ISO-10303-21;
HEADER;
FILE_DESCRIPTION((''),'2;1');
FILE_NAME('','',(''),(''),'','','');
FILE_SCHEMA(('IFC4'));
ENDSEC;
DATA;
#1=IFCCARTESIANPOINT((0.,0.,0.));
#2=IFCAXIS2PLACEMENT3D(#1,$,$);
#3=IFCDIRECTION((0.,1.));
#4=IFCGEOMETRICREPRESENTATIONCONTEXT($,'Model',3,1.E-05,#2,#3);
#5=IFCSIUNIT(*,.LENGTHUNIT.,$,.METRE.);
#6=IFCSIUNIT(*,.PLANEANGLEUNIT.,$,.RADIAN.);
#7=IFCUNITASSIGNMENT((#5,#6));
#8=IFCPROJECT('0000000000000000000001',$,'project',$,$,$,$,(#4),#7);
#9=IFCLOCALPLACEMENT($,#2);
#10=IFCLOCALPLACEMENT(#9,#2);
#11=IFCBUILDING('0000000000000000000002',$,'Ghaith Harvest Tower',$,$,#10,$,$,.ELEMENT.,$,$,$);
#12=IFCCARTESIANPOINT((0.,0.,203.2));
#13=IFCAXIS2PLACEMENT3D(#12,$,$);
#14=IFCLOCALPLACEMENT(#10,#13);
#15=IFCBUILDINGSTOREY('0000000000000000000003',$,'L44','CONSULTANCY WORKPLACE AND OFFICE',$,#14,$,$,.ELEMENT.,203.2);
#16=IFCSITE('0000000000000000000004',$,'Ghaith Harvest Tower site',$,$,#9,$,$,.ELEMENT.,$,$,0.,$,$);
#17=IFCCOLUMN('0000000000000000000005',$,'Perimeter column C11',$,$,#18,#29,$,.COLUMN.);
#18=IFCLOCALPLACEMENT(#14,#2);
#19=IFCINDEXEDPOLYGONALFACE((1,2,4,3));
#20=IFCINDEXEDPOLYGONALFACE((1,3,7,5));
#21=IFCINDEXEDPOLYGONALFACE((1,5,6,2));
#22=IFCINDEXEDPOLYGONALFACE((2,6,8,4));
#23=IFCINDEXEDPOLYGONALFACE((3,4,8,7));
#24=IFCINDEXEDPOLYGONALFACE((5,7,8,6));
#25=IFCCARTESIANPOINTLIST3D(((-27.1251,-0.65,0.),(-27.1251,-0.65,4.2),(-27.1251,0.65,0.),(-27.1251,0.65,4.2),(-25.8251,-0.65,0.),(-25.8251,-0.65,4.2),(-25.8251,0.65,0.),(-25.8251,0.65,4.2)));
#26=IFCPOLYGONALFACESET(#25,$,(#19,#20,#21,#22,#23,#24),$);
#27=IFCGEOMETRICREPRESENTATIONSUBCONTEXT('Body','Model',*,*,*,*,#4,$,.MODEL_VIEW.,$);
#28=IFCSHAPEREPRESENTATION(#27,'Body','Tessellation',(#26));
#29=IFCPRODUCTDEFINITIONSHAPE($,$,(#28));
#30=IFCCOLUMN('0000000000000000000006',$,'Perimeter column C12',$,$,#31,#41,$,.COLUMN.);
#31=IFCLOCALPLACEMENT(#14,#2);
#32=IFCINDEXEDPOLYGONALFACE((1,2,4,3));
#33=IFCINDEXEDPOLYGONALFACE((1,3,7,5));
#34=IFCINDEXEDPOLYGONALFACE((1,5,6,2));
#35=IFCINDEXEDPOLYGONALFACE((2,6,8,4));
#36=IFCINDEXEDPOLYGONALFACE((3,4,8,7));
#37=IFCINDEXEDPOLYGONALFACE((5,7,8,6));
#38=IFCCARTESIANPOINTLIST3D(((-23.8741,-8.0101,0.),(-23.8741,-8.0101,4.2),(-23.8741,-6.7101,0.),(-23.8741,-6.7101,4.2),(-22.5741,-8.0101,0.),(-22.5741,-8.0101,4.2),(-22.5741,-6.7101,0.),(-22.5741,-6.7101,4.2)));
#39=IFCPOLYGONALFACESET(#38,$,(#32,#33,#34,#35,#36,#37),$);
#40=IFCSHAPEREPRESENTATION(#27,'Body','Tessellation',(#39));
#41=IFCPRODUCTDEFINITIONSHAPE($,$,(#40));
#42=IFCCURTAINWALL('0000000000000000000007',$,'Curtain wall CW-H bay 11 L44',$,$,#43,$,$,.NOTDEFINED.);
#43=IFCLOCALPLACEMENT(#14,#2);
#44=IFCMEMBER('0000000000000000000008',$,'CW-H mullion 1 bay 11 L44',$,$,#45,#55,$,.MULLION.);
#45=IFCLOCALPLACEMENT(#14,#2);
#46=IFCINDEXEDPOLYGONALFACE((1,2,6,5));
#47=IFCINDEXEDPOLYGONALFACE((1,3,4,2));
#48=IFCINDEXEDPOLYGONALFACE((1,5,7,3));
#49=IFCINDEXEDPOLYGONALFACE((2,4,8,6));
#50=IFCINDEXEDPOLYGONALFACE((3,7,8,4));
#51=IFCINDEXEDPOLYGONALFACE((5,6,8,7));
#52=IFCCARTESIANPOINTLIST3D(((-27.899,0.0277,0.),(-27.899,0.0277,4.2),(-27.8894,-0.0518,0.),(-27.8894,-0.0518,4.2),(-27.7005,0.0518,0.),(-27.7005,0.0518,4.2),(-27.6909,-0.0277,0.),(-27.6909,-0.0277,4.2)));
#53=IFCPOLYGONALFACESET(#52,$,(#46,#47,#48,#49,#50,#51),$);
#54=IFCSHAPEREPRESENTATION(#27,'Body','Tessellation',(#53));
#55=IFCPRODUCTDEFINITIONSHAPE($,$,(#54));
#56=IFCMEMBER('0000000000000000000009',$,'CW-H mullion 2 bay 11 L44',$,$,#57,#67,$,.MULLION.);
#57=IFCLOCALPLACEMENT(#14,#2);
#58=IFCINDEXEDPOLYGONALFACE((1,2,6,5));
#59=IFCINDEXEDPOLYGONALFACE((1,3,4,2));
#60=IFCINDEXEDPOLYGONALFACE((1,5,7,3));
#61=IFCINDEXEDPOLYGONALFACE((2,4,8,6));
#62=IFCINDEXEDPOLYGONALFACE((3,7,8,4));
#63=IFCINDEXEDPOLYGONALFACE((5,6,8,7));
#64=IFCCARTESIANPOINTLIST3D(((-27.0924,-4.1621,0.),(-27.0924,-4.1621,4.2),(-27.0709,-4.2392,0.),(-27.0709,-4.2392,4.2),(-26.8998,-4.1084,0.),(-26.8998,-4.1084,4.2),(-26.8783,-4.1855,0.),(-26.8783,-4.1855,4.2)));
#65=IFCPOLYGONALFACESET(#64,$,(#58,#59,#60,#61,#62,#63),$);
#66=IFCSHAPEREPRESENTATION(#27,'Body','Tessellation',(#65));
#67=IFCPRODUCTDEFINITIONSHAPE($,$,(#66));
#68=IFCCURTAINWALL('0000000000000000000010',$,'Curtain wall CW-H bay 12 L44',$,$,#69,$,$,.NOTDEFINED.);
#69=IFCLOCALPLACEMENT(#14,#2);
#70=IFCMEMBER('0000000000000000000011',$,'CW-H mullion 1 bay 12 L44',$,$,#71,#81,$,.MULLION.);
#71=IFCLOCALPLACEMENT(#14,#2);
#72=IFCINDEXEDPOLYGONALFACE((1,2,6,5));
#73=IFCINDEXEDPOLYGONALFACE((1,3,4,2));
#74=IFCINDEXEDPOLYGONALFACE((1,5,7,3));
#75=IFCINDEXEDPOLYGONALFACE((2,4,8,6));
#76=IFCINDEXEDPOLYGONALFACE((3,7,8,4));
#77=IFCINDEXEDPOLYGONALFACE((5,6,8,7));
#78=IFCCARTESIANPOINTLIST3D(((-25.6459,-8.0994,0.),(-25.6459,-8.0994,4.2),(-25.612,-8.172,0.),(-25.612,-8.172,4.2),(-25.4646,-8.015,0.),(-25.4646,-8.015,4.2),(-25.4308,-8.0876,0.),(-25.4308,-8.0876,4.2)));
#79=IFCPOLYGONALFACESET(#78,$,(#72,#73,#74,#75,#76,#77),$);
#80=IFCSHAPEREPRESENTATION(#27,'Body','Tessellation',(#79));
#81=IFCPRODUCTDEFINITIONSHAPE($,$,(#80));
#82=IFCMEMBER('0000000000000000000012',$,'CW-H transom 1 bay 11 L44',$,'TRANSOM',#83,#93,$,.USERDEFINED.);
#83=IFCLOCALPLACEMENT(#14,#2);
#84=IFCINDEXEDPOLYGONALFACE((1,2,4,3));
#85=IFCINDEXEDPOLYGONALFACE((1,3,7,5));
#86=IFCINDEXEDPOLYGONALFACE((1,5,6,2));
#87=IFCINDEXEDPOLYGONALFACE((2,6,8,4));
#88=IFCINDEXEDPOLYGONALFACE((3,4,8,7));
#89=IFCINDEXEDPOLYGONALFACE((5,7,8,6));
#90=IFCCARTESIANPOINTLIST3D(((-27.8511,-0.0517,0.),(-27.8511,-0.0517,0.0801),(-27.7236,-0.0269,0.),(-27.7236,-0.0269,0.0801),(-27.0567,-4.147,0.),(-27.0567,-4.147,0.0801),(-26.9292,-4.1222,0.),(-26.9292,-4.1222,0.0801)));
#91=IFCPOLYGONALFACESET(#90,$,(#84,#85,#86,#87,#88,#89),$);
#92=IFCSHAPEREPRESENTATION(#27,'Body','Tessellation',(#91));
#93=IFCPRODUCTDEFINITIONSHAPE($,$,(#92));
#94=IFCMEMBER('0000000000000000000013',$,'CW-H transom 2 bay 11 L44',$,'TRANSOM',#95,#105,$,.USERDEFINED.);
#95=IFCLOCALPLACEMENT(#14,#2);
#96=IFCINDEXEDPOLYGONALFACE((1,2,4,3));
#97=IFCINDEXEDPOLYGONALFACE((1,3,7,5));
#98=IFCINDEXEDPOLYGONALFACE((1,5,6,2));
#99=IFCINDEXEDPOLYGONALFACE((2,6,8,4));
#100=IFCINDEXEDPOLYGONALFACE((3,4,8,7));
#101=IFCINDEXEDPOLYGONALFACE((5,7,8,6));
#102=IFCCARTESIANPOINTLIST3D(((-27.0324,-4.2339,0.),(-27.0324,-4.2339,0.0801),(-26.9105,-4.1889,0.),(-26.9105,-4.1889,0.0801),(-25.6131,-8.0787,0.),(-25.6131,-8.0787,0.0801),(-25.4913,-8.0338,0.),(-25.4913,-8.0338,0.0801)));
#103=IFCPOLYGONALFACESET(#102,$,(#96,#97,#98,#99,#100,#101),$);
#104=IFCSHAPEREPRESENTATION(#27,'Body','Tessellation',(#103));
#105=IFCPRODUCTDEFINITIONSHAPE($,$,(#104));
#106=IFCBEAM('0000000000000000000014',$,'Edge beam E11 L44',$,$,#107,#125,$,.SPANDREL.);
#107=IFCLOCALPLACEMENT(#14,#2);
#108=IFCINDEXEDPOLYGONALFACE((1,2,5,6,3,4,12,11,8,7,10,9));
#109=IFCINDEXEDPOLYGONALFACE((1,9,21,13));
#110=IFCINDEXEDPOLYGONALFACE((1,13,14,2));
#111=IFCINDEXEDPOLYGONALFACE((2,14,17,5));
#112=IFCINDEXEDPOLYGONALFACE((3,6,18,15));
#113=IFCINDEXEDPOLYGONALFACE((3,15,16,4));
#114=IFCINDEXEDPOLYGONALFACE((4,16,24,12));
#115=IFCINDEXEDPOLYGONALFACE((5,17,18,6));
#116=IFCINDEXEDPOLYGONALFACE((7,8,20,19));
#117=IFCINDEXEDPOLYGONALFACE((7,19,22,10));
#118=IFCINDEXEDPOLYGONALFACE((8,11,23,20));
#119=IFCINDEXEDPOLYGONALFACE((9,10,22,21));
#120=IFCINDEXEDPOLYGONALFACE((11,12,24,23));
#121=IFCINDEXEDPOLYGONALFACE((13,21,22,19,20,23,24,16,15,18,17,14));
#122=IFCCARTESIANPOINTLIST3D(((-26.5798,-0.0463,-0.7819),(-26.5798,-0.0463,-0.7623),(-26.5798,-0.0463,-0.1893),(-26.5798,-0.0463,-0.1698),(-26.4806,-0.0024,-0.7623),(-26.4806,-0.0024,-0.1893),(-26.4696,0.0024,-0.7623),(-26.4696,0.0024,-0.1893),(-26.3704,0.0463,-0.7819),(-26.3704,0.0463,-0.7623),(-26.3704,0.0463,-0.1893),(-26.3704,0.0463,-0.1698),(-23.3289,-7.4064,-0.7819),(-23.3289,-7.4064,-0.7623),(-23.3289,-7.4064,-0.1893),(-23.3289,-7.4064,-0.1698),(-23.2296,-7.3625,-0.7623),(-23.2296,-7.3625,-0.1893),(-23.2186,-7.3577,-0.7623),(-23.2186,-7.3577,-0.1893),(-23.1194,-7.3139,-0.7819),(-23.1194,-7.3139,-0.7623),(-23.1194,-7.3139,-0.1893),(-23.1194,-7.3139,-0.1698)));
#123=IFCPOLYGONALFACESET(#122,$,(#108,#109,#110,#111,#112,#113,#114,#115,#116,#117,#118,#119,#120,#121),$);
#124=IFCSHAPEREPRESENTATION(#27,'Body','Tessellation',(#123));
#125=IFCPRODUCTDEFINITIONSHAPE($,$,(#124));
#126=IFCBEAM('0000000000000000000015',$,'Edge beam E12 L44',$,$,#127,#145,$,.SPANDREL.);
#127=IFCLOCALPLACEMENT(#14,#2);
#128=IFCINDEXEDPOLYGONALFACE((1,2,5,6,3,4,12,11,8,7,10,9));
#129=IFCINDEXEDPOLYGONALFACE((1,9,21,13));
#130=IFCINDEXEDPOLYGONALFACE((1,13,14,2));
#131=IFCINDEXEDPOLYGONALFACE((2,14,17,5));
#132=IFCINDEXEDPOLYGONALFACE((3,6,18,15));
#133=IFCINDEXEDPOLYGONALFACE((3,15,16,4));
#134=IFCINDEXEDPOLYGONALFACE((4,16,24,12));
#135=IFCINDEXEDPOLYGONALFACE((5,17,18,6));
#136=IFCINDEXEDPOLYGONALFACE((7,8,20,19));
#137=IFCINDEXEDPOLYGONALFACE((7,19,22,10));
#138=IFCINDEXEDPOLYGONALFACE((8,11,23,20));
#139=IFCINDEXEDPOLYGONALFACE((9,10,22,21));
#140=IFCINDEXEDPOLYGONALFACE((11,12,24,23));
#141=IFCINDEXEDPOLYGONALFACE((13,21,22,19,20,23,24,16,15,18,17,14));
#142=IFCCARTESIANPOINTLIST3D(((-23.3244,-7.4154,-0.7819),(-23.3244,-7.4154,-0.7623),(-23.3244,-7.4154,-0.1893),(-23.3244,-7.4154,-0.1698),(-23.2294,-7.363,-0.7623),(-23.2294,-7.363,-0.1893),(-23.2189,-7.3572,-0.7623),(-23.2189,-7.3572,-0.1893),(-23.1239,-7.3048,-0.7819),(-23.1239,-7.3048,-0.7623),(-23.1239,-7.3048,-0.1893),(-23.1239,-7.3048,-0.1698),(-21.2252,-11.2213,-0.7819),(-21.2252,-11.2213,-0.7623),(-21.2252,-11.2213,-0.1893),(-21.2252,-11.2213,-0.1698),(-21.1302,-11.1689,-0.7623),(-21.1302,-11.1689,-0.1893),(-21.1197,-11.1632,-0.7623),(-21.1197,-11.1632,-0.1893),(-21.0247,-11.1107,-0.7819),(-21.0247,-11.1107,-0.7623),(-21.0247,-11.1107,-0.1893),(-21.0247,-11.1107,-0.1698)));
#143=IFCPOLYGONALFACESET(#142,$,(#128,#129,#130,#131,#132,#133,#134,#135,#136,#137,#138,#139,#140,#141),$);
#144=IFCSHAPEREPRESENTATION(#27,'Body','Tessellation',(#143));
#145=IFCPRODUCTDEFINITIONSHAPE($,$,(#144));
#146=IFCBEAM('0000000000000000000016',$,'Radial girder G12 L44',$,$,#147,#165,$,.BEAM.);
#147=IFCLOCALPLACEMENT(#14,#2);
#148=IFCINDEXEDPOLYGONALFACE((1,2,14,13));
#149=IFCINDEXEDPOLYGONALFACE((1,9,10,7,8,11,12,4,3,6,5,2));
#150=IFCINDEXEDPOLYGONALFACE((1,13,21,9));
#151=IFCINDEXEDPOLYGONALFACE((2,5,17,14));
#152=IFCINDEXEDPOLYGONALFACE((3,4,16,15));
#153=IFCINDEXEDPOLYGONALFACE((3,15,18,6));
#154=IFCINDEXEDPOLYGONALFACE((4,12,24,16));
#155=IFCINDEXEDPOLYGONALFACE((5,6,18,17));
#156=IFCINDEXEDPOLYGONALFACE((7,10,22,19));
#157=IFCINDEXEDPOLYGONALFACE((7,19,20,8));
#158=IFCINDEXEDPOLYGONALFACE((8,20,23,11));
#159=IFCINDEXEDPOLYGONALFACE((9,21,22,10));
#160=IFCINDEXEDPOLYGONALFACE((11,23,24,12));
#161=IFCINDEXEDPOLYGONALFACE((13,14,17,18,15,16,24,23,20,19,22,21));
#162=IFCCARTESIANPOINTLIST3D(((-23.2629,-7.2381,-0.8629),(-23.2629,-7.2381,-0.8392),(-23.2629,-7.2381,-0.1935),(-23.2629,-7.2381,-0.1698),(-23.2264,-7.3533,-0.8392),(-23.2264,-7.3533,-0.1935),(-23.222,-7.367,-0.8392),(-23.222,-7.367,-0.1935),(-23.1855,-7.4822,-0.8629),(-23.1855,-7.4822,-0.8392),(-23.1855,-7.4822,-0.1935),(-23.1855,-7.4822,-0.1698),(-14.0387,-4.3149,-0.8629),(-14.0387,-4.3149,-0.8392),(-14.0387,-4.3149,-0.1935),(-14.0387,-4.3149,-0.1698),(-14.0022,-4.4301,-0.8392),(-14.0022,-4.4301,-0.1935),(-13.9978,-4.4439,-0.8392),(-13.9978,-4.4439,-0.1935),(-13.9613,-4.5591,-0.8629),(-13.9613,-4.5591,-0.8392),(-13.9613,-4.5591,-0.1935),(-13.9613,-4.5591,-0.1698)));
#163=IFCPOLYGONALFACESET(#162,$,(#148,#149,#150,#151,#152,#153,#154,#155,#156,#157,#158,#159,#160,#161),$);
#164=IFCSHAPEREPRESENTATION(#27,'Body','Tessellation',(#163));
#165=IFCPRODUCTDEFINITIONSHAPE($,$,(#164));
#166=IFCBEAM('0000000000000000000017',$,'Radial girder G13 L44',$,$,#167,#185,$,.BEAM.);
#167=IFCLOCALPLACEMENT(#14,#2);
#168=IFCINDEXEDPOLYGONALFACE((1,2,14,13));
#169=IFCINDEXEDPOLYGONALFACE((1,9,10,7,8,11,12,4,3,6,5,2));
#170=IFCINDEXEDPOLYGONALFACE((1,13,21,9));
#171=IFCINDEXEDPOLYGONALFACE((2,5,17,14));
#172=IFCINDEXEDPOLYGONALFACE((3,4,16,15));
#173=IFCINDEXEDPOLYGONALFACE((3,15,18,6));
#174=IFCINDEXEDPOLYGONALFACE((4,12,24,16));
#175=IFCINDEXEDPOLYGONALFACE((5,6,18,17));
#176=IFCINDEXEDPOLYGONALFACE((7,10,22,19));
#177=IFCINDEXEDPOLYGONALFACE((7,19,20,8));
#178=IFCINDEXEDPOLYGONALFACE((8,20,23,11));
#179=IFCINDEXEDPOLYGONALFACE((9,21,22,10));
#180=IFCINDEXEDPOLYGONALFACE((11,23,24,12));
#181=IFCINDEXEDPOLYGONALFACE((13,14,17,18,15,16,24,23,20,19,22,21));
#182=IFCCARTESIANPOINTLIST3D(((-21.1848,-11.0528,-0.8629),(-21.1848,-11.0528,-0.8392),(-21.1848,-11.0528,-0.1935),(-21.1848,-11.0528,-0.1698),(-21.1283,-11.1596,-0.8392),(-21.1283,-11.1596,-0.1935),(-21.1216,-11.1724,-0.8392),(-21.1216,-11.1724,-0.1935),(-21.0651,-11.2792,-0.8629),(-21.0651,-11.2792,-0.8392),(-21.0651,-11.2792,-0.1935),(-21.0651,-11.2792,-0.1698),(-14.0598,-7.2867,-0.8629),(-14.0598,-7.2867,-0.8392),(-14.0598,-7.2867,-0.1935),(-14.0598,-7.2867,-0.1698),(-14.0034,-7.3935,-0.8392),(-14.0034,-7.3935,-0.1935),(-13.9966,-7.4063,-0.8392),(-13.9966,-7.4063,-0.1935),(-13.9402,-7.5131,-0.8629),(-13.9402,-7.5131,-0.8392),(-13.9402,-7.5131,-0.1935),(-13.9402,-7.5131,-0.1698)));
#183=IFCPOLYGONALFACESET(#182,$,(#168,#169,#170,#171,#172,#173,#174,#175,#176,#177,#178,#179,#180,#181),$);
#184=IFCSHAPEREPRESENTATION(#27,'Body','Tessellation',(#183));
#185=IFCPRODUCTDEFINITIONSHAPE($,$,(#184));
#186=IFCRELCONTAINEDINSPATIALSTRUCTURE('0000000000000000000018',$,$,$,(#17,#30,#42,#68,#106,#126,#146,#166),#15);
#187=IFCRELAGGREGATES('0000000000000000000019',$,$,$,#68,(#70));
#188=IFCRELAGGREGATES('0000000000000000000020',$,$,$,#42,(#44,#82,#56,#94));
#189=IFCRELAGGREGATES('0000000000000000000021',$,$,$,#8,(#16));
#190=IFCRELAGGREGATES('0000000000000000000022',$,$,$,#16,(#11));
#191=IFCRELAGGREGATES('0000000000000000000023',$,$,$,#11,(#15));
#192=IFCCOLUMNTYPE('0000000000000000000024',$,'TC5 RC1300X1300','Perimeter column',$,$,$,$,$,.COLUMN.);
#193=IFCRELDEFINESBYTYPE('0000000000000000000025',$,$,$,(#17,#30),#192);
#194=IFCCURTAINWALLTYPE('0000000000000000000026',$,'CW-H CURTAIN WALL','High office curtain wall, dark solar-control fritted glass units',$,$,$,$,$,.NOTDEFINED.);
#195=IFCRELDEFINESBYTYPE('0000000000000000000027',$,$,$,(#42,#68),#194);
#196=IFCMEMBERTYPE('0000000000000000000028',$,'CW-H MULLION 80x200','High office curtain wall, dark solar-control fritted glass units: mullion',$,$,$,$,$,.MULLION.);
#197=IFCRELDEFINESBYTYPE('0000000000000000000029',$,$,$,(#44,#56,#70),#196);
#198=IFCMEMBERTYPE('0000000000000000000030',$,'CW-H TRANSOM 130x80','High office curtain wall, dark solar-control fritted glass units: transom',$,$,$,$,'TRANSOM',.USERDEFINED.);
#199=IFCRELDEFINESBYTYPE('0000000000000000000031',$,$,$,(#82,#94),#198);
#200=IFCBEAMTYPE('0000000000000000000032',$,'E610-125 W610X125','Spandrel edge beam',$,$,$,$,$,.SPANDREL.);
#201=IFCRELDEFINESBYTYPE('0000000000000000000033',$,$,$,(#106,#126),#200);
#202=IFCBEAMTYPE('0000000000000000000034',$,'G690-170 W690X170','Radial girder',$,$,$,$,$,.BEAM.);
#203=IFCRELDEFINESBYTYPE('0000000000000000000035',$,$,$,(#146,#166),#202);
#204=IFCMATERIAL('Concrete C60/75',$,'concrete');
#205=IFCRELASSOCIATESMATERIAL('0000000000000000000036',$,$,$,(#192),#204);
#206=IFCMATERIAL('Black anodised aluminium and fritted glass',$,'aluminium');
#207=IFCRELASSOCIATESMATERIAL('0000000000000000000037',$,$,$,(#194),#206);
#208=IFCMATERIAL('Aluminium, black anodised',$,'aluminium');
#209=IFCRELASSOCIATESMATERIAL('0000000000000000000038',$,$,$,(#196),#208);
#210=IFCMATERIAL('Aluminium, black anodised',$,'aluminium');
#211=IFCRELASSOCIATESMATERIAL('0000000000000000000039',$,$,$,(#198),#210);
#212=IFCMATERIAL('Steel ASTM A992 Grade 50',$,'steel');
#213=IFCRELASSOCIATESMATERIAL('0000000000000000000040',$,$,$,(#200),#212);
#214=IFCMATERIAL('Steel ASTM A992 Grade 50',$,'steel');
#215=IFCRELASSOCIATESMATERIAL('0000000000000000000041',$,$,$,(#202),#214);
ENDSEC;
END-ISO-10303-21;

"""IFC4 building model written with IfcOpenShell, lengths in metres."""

from ifc_helpers import new_model, si_unit, direction, frame, origin, origin_2d, place, context, subcontext, project, spatial, rectangle, i_section, extrude, material, material_profile, profile_set, type_object, element, aggregate, save


model = new_model("IFC4")

# Units and contexts
model_context = context("Model", 3, precision=1e-05, world=origin(), true_north=direction((0.0, 1.0)))
body_context = subcontext(model_context, "Body", "Model", "MODEL_VIEW")
ifc_project = project(units=[si_unit("LENGTHUNIT", "METRE"), si_unit("PLANEANGLEUNIT", "RADIAN")], contexts=[model_context])

# Site, building, storey
site_placement = place(None, origin())
site = spatial("IfcSite", under=ifc_project, at=site_placement, Name="Ghaith Harvest Tower site", CompositionType="ELEMENT", RefElevation=0.0)
building_placement = place(site_placement, origin())
building = spatial("IfcBuilding", under=site, at=building_placement, Name="Ghaith Harvest Tower", CompositionType="ELEMENT")
storey_placement = place(building_placement, frame((0.0, 0.0, 203.2)))
storey = spatial("IfcBuildingStorey", under=building, at=storey_placement, Name="L44", Description="CONSULTANCY WORKPLACE AND OFFICE", CompositionType="ELEMENT", Elevation=203.2)

# Columns
ifc_material_1 = material(Name="Concrete C60/75", Category="concrete")
ifc_material_profile_1 = material_profile(ifc_material_1, rectangle(XDim=1.3, YDim=1.3, at=origin_2d()), Name="RC1300X1300")
ifc_profile_set_1 = profile_set([ifc_material_profile_1], Name="Concrete C60/75")
column_type = type_object("IfcColumnType", Name="TC5 RC1300X1300", Description="Perimeter column", PredefinedType="COLUMN", material=ifc_profile_set_1)
for number, where, z_axis, x_axis, name in (
    (1, (-26.4751, 0.0, 0.0), (0.0, 0.0, 1.0), (1.0, 0.0, 0.0), "Perimeter column C11"),
    (2, (-23.2241, -7.3601, 0.0), (0.0, 0.0, 1.0), (1.0, 0.0, 0.0), "Perimeter column C12"),
):
    element("IfcColumn", number, at=place(storey_placement, frame(where, z_axis=z_axis, x_axis=x_axis)), inside=storey, type_object=column_type, Name=name, PredefinedType="COLUMN", context=body_context, shape_type="SweptSolid", body=[
        extrude(rectangle(XDim=1.3, YDim=1.3, at=origin_2d()), origin(), (0.0, 0.0, 1.0), 4.2),
    ])

# Curtain wall, members
ifc_material_2 = material(Name="Black anodised aluminium and fritted glass", Category="aluminium")
curtain_wall_type = type_object("IfcCurtainWallType", Name="CW-H CURTAIN WALL", Description="High office curtain wall, dark solar-control fritted glass units", PredefinedType="NOTDEFINED", material=ifc_material_2)
curtain_wall_1_placement = place(storey_placement, origin())
curtain_wall_1 = element("IfcCurtainWall", 3, at=curtain_wall_1_placement, inside=storey, type_object=curtain_wall_type, Name="Curtain wall CW-H bay 11 L44", PredefinedType="NOTDEFINED")
ifc_material_3 = material(Name="Aluminium, black anodised", Category="aluminium")
ifc_material_profile_2 = material_profile(ifc_material_3, rectangle(XDim=0.0801, YDim=0.2, at=origin_2d()), Name="CW-H MULLION 80x200")
ifc_profile_set_2 = profile_set([ifc_material_profile_2], Name="Aluminium, black anodised")
member_type_1 = type_object("IfcMemberType", Name="CW-H MULLION 80x200", Description="High office curtain wall, dark solar-control fritted glass units: mullion", PredefinedType="MULLION", material=ifc_profile_set_2)
member_1_placement = place(storey_placement, frame((-27.7949, 0.0, 0.0), z_axis=(0.0, 0.0, 1.0), x_axis=(0.12025, -0.992744, 0.0)))
member_1 = element("IfcMember", 4, at=member_1_placement, type_object=member_type_1, Name="CW-H mullion 1 bay 11 L44", PredefinedType="MULLION", context=body_context, shape_type="SweptSolid", body=[
    extrude(rectangle(XDim=0.0801, YDim=0.2, at=origin_2d()), origin(), (0.0, 0.0, 1.0), 4.2),
])
member_2_placement = place(storey_placement, frame((-26.9854, -4.1738, 0.0), z_axis=(0.0, 0.0, 1.0), x_axis=(0.268569, -0.96326, 0.0)))
member_2 = element("IfcMember", 5, at=member_2_placement, type_object=member_type_1, Name="CW-H mullion 2 bay 11 L44", PredefinedType="MULLION", context=body_context, shape_type="SweptSolid", body=[
    extrude(rectangle(XDim=0.0801, YDim=0.2, at=origin_2d()), origin(), (0.0, 0.0, 1.0), 4.2),
])

# Curtain wall, member
curtain_wall_2_placement = place(storey_placement, origin())
curtain_wall_2 = element("IfcCurtainWall", 6, at=curtain_wall_2_placement, inside=storey, type_object=curtain_wall_type, Name="Curtain wall CW-H bay 12 L44", PredefinedType="NOTDEFINED")
member_3_placement = place(storey_placement, frame((-25.5383, -8.0935, 0.0), z_axis=(0.0, 0.0, 1.0), x_axis=(0.422309, -0.906452, 0.0)))
member_3 = element("IfcMember", 7, at=member_3_placement, type_object=member_type_1, Name="CW-H mullion 1 bay 12 L44", PredefinedType="MULLION", context=body_context, shape_type="SweptSolid", body=[
    extrude(rectangle(XDim=0.0801, YDim=0.2, at=origin_2d()), origin(), (0.0, 0.0, 1.0), 4.2),
])
aggregate(curtain_wall_2, [member_3])

# Members
ifc_material_4 = material(Name="Aluminium, black anodised", Category="aluminium")
ifc_material_profile_3 = material_profile(ifc_material_4, rectangle(XDim=0.1299, YDim=0.0801, at=origin_2d()), Name="CW-H TRANSOM 130x80")
ifc_profile_set_3 = profile_set([ifc_material_profile_3], Name="Aluminium, black anodised")
member_type_2 = type_object("IfcMemberType", Name="CW-H TRANSOM 130x80", Description="High office curtain wall, dark solar-control fritted glass units: transom", ElementType="TRANSOM", PredefinedType="USERDEFINED", material=ifc_profile_set_3)
member_4_placement = place(storey_placement, frame((-27.7874, -0.0393, 0.04), z_axis=(0.19044, -0.981699, 0.0), x_axis=(0.981699, 0.19044, 0.0)))
member_4 = element("IfcMember", 8, at=member_4_placement, type_object=member_type_2, Name="CW-H transom 1 bay 11 L44", ObjectType="TRANSOM", PredefinedType="USERDEFINED", context=body_context, shape_type="SweptSolid", body=[
    extrude(rectangle(XDim=0.1299, YDim=0.0801, at=origin_2d()), origin(), (0.0, 0.0, 1.0), 4.1716),
])
member_5_placement = place(storey_placement, frame((-26.9714, -4.2114, 0.04), z_axis=(0.346288, -0.938128, 0.0), x_axis=(0.938128, 0.346288, 0.0)))
member_5 = element("IfcMember", 9, at=member_5_placement, type_object=member_type_2, Name="CW-H transom 2 bay 11 L44", ObjectType="TRANSOM", PredefinedType="USERDEFINED", context=body_context, shape_type="SweptSolid", body=[
    extrude(rectangle(XDim=0.1299, YDim=0.0801, at=origin_2d()), origin(), (0.0, 0.0, 1.0), 4.0984),
])

# Beams
ifc_material_5 = material(Name="Steel ASTM A992 Grade 50", Category="steel")
ifc_material_profile_4 = material_profile(ifc_material_5, i_section(OverallWidth=0.229, OverallDepth=0.6121, WebThickness=0.012, FlangeThickness=0.0195, at=origin_2d()), Name="W610X125")
ifc_profile_set_4 = profile_set([ifc_material_profile_4], Name="Steel ASTM A992 Grade 50")
beam_type_1 = type_object("IfcBeamType", Name="E610-125 W610X125", Description="Spandrel edge beam", PredefinedType="SPANDREL", material=ifc_profile_set_4)
beam_1_placement = place(storey_placement, frame((-26.4751, 0.0, -0.4758), z_axis=(0.404043, -0.91474, 0.0), x_axis=(0.91474, 0.404043, 0.0)))
element("IfcBeam", 10, at=beam_1_placement, inside=storey, type_object=beam_type_1, Name="Edge beam E11 L44", PredefinedType="SPANDREL", context=body_context, shape_type="SweptSolid", body=[
    extrude(i_section(OverallWidth=0.229, OverallDepth=0.6121, WebThickness=0.012, FlangeThickness=0.0195, at=origin_2d()), origin(), (0.0, 0.0, 1.0), 8.0461),
])
beam_2_placement = place(storey_placement, frame((-23.2241, -7.3601, -0.4758), z_axis=(0.482956, -0.875645, 0.0), x_axis=(0.875645, 0.482956, 0.0)))
element("IfcBeam", 11, at=beam_2_placement, inside=storey, type_object=beam_type_1, Name="Edge beam E12 L44", PredefinedType="SPANDREL", context=body_context, shape_type="SweptSolid", body=[
    extrude(i_section(OverallWidth=0.229, OverallDepth=0.6121, WebThickness=0.012, FlangeThickness=0.0195, at=origin_2d()), origin(), (0.0, 0.0, 1.0), 4.3464),
])
ifc_material_6 = material(Name="Steel ASTM A992 Grade 50", Category="steel")
ifc_material_profile_5 = material_profile(ifc_material_6, i_section(OverallWidth=0.2561, OverallDepth=0.6931, WebThickness=0.0144, FlangeThickness=0.0237, at=origin_2d()), Name="W690X170")
ifc_profile_set_5 = profile_set([ifc_material_profile_5], Name="Steel ASTM A992 Grade 50")
beam_type_2 = type_object("IfcBeamType", Name="G690-170 W690X170", Description="Radial girder", PredefinedType="BEAM", material=ifc_profile_set_5)
beam_3_placement = place(storey_placement, frame((-14.0, -4.437, -0.5164), z_axis=(-0.953279, -0.302091, 0.0), x_axis=(0.302091, -0.953279, 0.0)))
element("IfcBeam", 12, at=beam_3_placement, inside=storey, type_object=beam_type_2, Name="Radial girder G12 L44", PredefinedType="BEAM", context=body_context, shape_type="SweptSolid", body=[
    extrude(i_section(OverallWidth=0.2561, OverallDepth=0.6931, WebThickness=0.0144, FlangeThickness=0.0237, at=origin_2d()), origin(), (0.0, 0.0, 1.0), 9.6763),
])
beam_4_placement = place(storey_placement, frame((-14.0, -7.3999, -0.5164), z_axis=(-0.884093, -0.467311, 0.0), x_axis=(0.467311, -0.884093, 0.0)))
element("IfcBeam", 13, at=beam_4_placement, inside=storey, type_object=beam_type_2, Name="Radial girder G13 L44", PredefinedType="BEAM", context=body_context, shape_type="SweptSolid", body=[
    extrude(i_section(OverallWidth=0.2561, OverallDepth=0.6931, WebThickness=0.0144, FlangeThickness=0.0237, at=origin_2d()), origin(), (0.0, 0.0, 1.0), 8.0591),
])

aggregate(curtain_wall_1, [member_1, member_4, member_2, member_5])

save(model, "model.ifc")
